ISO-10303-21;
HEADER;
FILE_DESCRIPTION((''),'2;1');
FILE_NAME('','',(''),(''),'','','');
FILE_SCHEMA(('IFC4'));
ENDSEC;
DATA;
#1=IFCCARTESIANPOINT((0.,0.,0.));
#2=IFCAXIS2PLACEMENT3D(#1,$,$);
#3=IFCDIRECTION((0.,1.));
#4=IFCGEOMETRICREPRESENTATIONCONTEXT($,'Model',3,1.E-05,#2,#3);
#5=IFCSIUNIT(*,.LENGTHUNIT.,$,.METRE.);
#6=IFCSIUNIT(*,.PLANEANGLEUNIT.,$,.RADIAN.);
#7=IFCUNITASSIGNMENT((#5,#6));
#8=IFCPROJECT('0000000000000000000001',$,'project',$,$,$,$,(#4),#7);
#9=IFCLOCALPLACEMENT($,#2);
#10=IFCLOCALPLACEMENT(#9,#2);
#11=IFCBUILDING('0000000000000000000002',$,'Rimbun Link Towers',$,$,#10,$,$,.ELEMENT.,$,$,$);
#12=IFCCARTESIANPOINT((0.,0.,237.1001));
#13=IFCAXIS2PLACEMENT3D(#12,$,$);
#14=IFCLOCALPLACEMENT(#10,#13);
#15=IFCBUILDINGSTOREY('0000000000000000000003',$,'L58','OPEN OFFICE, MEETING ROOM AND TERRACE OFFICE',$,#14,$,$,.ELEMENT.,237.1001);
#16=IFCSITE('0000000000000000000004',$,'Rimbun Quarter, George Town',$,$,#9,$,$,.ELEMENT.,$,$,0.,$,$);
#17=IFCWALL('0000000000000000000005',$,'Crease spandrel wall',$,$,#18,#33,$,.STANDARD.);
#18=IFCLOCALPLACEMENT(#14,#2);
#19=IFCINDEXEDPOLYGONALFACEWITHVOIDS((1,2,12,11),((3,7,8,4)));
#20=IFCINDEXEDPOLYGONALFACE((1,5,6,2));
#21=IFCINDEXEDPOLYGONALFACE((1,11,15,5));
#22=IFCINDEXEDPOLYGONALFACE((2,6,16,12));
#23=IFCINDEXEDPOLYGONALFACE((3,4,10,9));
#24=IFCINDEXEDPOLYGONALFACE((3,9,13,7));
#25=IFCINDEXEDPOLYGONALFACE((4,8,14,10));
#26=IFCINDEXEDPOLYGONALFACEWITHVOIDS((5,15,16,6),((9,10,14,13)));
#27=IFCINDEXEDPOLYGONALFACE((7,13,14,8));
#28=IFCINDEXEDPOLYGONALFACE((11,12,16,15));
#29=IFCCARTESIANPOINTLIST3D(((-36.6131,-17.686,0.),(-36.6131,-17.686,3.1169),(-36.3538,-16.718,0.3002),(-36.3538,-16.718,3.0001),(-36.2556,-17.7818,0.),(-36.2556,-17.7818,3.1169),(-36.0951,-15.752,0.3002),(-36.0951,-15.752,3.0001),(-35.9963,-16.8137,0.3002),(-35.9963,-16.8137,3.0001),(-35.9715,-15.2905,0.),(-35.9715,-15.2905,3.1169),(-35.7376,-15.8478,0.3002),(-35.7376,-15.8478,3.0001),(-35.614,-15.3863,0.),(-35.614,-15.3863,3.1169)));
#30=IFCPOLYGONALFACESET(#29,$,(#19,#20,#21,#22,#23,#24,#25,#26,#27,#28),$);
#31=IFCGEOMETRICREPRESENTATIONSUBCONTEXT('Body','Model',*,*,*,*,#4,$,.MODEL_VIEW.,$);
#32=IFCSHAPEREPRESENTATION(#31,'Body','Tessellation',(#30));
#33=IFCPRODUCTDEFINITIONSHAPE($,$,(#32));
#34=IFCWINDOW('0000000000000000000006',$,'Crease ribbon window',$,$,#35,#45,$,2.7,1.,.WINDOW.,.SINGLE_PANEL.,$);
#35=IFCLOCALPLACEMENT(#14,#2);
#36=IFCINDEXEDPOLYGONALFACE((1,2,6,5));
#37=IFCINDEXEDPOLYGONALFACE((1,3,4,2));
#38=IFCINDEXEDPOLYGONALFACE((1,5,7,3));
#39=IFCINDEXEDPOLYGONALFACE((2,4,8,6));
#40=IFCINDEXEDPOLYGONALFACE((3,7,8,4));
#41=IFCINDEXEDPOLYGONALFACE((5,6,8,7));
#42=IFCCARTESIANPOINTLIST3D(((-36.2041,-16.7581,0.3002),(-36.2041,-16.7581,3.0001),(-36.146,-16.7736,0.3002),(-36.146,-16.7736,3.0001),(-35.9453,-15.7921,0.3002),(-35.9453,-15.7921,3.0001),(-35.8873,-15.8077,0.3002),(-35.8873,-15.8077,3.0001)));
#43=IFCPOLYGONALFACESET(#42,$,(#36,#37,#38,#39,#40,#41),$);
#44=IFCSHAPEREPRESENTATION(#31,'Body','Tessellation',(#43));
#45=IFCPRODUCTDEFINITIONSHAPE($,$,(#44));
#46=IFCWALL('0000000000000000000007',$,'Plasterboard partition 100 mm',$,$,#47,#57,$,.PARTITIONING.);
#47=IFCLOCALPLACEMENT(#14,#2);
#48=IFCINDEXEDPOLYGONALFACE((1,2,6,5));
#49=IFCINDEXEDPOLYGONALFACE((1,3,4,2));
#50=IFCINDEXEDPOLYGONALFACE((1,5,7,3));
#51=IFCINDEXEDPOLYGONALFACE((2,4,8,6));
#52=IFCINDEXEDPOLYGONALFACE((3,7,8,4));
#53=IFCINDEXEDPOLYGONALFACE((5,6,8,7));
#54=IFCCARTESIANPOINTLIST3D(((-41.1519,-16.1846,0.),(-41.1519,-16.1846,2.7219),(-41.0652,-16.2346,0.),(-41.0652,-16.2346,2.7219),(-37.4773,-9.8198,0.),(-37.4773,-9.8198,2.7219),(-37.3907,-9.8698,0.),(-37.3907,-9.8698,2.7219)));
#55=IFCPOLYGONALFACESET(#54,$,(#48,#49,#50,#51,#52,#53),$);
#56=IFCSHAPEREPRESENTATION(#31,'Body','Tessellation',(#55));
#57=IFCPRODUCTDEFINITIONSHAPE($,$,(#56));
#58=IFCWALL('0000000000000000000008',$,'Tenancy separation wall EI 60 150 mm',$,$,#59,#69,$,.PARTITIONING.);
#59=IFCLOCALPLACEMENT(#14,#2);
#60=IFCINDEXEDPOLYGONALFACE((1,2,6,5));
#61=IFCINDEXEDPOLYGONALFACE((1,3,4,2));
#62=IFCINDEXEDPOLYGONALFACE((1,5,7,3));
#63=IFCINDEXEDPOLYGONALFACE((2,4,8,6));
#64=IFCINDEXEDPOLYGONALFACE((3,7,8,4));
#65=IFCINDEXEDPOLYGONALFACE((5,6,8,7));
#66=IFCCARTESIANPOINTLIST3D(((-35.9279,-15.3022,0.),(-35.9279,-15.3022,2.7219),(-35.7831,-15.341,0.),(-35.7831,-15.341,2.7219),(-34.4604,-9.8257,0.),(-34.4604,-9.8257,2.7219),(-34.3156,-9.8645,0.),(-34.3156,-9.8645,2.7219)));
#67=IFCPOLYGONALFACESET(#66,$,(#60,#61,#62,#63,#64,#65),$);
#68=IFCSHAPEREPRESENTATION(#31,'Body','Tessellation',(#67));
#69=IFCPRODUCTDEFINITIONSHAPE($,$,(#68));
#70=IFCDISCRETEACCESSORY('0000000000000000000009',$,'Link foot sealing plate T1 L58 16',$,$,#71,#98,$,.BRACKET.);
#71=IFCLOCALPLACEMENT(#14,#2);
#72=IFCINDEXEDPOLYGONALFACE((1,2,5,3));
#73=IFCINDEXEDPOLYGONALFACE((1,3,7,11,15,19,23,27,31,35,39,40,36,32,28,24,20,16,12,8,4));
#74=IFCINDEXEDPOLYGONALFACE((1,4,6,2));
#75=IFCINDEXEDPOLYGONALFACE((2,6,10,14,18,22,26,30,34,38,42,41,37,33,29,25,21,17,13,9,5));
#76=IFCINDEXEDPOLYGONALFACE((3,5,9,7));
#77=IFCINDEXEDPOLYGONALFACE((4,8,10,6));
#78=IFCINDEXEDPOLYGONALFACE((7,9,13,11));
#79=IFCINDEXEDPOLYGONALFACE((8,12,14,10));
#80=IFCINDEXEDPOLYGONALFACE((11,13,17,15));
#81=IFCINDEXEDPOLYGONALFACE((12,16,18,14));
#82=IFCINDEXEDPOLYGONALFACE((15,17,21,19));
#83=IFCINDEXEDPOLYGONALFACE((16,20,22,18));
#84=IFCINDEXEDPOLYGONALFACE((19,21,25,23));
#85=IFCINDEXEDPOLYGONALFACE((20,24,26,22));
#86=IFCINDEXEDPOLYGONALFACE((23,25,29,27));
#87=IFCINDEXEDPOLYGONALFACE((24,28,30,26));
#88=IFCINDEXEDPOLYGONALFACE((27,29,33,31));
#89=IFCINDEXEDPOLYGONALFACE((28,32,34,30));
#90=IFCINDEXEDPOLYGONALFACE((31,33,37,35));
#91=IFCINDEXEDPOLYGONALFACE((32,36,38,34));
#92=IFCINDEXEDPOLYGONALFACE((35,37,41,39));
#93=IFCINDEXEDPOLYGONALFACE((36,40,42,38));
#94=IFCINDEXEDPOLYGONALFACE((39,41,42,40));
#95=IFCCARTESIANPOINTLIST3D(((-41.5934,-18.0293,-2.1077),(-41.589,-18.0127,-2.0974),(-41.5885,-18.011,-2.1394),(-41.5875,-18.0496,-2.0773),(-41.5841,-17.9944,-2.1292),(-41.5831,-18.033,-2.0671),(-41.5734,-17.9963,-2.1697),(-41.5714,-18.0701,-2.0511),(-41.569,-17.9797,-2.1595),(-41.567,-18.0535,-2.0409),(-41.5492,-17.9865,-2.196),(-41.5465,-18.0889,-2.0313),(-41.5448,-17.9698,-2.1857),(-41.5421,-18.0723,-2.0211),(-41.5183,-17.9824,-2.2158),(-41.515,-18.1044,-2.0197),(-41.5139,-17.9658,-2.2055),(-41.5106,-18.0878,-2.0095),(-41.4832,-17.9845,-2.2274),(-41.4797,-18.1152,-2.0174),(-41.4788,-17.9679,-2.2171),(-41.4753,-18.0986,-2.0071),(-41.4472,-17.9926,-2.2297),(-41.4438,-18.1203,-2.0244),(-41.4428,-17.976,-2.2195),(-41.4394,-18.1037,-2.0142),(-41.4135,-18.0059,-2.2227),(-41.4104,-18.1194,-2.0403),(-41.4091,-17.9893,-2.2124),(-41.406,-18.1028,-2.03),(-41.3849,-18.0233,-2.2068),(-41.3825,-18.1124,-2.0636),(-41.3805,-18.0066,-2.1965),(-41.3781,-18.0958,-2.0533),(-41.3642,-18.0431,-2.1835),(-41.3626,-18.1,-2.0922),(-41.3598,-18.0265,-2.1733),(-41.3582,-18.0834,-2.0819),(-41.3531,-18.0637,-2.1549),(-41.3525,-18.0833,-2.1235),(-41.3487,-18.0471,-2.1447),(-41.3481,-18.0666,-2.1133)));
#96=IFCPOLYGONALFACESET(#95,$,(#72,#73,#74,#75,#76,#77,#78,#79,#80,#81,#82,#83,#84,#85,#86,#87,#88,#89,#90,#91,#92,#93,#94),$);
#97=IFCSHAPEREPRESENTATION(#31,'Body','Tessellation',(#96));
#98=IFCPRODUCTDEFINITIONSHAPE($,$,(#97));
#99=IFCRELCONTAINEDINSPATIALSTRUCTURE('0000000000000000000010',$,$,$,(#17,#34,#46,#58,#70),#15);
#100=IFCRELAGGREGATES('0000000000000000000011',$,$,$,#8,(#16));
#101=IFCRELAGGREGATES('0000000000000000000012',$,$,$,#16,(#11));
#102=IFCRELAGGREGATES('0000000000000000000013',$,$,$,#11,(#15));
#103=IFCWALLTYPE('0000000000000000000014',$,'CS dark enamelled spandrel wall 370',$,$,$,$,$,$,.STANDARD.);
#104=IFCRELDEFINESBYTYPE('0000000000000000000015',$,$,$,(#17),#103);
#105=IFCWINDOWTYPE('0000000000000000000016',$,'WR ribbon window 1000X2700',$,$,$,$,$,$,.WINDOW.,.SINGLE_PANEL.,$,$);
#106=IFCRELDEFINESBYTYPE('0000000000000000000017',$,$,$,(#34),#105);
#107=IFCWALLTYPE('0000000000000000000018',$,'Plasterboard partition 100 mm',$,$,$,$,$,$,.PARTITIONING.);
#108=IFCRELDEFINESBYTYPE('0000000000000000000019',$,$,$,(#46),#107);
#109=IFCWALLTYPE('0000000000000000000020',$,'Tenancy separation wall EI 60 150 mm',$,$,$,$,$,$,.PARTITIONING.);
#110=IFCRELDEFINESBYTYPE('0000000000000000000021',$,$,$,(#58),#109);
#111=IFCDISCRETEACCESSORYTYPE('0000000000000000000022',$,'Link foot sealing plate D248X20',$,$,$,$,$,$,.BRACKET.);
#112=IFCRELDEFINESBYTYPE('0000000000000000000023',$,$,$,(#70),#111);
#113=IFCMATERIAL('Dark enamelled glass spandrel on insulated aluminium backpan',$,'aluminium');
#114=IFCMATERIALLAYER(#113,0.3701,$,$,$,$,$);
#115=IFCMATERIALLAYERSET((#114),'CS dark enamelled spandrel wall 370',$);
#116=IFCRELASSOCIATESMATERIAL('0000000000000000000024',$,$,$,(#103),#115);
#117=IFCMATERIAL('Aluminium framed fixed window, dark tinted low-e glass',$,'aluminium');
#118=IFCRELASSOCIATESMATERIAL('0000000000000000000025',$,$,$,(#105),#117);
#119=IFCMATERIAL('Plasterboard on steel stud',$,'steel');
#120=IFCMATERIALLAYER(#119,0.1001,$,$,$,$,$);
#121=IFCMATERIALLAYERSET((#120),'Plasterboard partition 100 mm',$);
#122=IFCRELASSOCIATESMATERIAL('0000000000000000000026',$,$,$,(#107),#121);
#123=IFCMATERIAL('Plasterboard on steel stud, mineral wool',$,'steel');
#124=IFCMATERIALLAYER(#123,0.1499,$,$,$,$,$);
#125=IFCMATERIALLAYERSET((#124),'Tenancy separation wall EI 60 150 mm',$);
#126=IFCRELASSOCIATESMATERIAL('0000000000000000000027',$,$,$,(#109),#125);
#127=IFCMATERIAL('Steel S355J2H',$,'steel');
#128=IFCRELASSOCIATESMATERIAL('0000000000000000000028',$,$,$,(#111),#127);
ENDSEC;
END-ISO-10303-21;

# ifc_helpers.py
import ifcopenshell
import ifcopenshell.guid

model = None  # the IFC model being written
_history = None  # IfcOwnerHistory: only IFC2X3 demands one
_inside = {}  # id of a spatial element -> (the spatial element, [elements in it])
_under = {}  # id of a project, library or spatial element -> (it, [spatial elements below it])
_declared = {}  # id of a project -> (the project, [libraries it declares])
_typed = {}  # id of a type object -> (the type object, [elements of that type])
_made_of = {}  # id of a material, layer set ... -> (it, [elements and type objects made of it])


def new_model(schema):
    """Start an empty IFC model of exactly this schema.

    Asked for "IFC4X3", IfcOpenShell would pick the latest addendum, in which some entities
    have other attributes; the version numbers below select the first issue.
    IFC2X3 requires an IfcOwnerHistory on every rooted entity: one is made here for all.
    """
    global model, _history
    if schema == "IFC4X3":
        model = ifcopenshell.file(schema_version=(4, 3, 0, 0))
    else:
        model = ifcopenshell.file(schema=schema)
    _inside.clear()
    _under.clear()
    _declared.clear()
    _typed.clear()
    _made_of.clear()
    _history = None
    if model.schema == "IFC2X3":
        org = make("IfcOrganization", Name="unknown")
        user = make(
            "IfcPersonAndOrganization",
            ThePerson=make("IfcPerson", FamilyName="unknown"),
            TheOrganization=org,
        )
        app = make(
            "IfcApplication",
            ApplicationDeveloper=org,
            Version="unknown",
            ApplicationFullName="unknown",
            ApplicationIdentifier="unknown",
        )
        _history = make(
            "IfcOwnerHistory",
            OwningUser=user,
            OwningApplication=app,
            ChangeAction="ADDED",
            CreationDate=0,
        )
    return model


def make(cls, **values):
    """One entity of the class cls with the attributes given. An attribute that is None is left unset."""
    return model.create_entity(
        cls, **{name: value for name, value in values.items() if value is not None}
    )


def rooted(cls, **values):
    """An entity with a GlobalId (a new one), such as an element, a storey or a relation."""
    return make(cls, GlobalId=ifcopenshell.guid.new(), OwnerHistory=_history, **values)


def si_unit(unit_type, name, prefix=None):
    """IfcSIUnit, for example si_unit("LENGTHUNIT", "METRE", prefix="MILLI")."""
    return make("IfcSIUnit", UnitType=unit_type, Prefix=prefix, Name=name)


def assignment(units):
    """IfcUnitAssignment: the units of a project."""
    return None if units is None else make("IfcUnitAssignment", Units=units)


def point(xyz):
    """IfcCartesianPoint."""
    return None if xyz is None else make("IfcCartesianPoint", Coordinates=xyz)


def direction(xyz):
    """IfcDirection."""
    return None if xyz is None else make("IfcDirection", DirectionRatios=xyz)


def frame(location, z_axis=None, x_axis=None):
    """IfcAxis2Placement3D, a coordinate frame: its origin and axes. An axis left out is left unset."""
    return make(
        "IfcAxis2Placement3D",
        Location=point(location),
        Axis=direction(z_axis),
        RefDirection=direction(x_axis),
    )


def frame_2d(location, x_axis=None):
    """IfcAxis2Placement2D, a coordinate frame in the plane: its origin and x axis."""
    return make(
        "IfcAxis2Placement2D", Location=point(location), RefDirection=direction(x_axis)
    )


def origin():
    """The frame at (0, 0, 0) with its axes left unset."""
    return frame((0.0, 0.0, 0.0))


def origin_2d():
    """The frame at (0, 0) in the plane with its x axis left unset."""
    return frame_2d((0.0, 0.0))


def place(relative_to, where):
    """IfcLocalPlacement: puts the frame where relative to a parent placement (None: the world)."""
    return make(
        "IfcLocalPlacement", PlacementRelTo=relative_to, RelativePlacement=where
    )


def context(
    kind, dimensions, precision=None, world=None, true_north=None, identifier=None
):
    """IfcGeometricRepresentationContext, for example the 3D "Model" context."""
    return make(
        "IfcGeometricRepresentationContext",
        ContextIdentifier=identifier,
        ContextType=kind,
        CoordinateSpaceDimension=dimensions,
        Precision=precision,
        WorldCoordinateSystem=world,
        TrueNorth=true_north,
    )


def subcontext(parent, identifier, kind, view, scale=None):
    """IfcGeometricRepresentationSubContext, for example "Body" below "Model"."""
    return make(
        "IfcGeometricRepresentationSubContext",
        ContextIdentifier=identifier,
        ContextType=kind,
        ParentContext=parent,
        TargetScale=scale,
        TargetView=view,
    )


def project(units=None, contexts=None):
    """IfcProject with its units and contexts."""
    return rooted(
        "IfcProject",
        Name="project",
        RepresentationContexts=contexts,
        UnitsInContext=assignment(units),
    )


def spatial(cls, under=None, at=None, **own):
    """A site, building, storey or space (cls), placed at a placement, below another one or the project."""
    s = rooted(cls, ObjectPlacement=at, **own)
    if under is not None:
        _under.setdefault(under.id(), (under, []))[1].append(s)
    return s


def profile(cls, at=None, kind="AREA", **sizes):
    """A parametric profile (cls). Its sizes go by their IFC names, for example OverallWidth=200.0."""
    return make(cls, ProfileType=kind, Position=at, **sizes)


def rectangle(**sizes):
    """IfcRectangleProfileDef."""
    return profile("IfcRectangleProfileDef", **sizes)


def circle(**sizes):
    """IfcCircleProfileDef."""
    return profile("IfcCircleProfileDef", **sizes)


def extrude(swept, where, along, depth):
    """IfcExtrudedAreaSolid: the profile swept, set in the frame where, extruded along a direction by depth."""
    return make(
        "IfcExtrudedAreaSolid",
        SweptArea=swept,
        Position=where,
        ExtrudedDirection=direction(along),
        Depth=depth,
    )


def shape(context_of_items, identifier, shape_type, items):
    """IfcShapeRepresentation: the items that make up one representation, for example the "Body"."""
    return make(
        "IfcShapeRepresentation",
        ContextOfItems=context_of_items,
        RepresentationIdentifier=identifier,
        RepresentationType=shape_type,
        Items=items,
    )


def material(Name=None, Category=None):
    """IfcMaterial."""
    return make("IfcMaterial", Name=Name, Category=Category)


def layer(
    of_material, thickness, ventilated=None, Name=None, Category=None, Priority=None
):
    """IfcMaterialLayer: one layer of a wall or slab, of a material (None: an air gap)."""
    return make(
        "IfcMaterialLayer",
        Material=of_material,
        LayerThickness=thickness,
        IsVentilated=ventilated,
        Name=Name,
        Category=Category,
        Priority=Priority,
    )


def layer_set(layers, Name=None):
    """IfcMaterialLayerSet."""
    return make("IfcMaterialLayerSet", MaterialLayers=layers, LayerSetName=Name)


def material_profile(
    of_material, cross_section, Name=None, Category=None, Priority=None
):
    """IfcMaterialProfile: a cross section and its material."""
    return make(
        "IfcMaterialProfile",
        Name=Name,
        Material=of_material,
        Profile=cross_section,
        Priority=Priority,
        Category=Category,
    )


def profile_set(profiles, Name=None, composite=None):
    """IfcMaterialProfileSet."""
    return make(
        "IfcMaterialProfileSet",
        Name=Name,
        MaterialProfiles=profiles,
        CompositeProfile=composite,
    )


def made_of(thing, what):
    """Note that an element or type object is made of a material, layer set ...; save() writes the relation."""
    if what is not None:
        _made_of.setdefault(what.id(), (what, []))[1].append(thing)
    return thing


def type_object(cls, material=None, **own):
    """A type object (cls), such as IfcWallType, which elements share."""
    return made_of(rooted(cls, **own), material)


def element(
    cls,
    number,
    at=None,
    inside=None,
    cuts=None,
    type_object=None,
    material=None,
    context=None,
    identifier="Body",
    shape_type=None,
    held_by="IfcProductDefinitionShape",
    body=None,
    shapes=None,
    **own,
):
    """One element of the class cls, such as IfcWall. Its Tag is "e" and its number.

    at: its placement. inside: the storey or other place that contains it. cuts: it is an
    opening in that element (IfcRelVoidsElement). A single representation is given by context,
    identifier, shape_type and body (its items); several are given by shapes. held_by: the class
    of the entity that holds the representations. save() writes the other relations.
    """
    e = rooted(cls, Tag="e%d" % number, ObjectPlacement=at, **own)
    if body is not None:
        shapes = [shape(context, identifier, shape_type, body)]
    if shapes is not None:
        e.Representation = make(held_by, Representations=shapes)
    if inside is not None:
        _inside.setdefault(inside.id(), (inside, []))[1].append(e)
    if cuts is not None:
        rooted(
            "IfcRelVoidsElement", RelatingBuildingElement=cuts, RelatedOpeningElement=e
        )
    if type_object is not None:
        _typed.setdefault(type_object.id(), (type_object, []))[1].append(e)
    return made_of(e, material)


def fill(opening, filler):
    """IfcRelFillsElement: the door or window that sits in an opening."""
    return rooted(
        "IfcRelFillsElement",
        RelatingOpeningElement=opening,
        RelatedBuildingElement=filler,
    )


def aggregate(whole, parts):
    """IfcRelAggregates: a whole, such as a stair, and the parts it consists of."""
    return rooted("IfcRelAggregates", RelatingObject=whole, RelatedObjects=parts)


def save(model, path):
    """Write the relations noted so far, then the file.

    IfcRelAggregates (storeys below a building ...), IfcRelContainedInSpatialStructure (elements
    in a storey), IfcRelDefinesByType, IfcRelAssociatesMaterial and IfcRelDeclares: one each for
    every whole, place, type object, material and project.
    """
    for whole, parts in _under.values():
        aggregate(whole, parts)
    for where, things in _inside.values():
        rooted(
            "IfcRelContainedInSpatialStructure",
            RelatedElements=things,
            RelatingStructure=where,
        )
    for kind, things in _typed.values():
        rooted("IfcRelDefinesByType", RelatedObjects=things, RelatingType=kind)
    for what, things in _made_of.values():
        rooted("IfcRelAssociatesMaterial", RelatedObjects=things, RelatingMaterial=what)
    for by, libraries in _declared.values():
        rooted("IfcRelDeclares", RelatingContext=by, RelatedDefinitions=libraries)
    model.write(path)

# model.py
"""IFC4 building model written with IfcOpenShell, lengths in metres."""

from ifc_helpers import new_model, si_unit, direction, frame, frame_2d, origin, origin_2d, place, context, subcontext, project, spatial, rectangle, circle, extrude, material, layer, layer_set, material_profile, profile_set, type_object, element, fill, save


model = new_model("IFC4")

# Units and contexts
model_context = context("Model", 3, precision=1e-05, world=origin(), true_north=direction((0.0, 1.0)))
body_context = subcontext(model_context, "Body", "Model", "MODEL_VIEW")
ifc_project = project(units=[si_unit("LENGTHUNIT", "METRE"), si_unit("PLANEANGLEUNIT", "RADIAN")], contexts=[model_context])

# Site, building, storey
site_placement = place(None, origin())
site = spatial("IfcSite", under=ifc_project, at=site_placement, Name="Rimbun Quarter, George Town", CompositionType="ELEMENT", RefElevation=0.0)
building_placement = place(site_placement, origin())
building = spatial("IfcBuilding", under=site, at=building_placement, Name="Rimbun Link Towers", CompositionType="ELEMENT")
storey_placement = place(building_placement, frame((0.0, 0.0, 237.1001)))
storey = spatial("IfcBuildingStorey", under=building, at=storey_placement, Name="L58", Description="OPEN OFFICE, MEETING ROOM AND TERRACE OFFICE", CompositionType="ELEMENT", Elevation=237.1001)

# Wall, opening, window
ifc_material_1 = material(Name="Dark enamelled glass spandrel on insulated aluminium backpan", Category="aluminium")
ifc_layer_1 = layer(ifc_material_1, 0.3701)
ifc_layer_set_1 = layer_set([ifc_layer_1], Name="CS dark enamelled spandrel wall 370")
wall_type_1 = type_object("IfcWallType", Name="CS dark enamelled spandrel wall 370", PredefinedType="STANDARD", material=ifc_layer_set_1)
wall_1_placement = place(storey_placement, frame((-35.7927, -15.3384, 0.0), z_axis=(0.0, 0.0, 1.0), x_axis=(-0.258716, -0.965953, 0.0)))
wall_1 = element("IfcWall", 1, at=wall_1_placement, inside=storey, type_object=wall_type_1, Name="Crease spandrel wall", PredefinedType="STANDARD", context=body_context, shape_type="SweptSolid", body=[
    extrude(rectangle(XDim=2.48, YDim=0.3701, at=frame_2d((1.24, 0.0))), origin(), (0.0, 0.0, 1.0), 3.1169),
])
opening_placement = place(wall_1_placement, frame((0.4778, 0.0, 0.3)))
opening = element("IfcOpeningElement", 2, at=opening_placement, cuts=wall_1, PredefinedType="OPENING", context=body_context, shape_type="SweptSolid", body=[
    extrude(rectangle(XDim=1.0, YDim=2.7, at=frame_2d((0.5, 1.3501))), frame((0.0, 0.1951, 0.0), z_axis=(0.0, -1.0, 0.0), x_axis=(1.0, 0.0, 0.0)), (0.0, 0.0, 1.0), 0.3901),
])
ifc_material_2 = material(Name="Aluminium framed fixed window, dark tinted low-e glass", Category="aluminium")
window_type = type_object("IfcWindowType", Name="WR ribbon window 1000X2700", PartitioningType="SINGLE_PANEL", PredefinedType="WINDOW", material=ifc_material_2)
window_placement = place(opening_placement, origin())
window = element("IfcWindow", 3, at=window_placement, inside=storey, type_object=window_type, Name="Crease ribbon window", OverallHeight=2.7, OverallWidth=1.0, PartitioningType="SINGLE_PANEL", PredefinedType="WINDOW", context=body_context, shape_type="SweptSolid", body=[
    extrude(rectangle(XDim=1.0, YDim=2.7, at=frame_2d((0.5, 1.3501))), frame((0.0, 0.03, 0.0), z_axis=(0.0, -1.0, 0.0), x_axis=(1.0, 0.0, 0.0)), (0.0, 0.0, 1.0), 0.0601),
])
fill(opening, window)

# Walls
ifc_material_3 = material(Name="Plasterboard on steel stud", Category="steel")
ifc_layer_2 = layer(ifc_material_3, 0.1001)
ifc_layer_set_2 = layer_set([ifc_layer_2], Name="Plasterboard partition 100 mm")
wall_type_2 = type_object("IfcWallType", Name="Plasterboard partition 100 mm", PredefinedType="PARTITIONING", material=ifc_layer_set_2)
wall_2_placement = place(storey_placement, frame((-41.1086, -16.2097, 0.0), z_axis=(0.0, 0.0, 1.0), x_axis=(0.499987, 0.866033, 0.0)))
element("IfcWall", 4, at=wall_2_placement, inside=storey, type_object=wall_type_2, Name="Plasterboard partition 100 mm", PredefinedType="PARTITIONING", context=body_context, shape_type="SweptSolid", body=[
    extrude(rectangle(XDim=7.3494, YDim=0.1001, at=frame_2d((3.6748, 0.0))), origin(), (0.0, 0.0, 1.0), 2.7219),
])
ifc_material_4 = material(Name="Plasterboard on steel stud, mineral wool", Category="steel")
ifc_layer_3 = layer(ifc_material_4, 0.1499)
ifc_layer_set_3 = layer_set([ifc_layer_3], Name="Tenancy separation wall EI 60 150 mm")
wall_type_3 = type_object("IfcWallType", Name="Tenancy separation wall EI 60 150 mm", PredefinedType="PARTITIONING", material=ifc_layer_set_3)
wall_3_placement = place(storey_placement, frame((-34.3879, -9.845, 0.0), z_axis=(0.0, 0.0, 1.0), x_axis=(-0.258834, -0.965922, 0.0)))
element("IfcWall", 5, at=wall_3_placement, inside=storey, type_object=wall_type_3, Name="Tenancy separation wall EI 60 150 mm", PredefinedType="PARTITIONING", context=body_context, shape_type="SweptSolid", body=[
    extrude(rectangle(XDim=5.6697, YDim=0.1499, at=frame_2d((2.835, 0.0))), origin(), (0.0, 0.0, 1.0), 2.7219),
])

# Discrete accessory
ifc_material_5 = material(Name="Steel S355J2H", Category="steel")
ifc_material_profile_1 = material_profile(ifc_material_5, circle(Radius=0.124, at=origin_2d()), Name="PL D248")
ifc_profile_set_1 = profile_set([ifc_material_profile_1], Name="Steel S355J2H")
discrete_accessory_type = type_object("IfcDiscreteAccessoryType", Name="Link foot sealing plate D248X20", PredefinedType="BRACKET", material=ifc_profile_set_1)
discrete_accessory_placement = place(storey_placement, frame((-41.468, -18.0349, -2.1133), z_axis=(-0.219708, -0.830009, -0.512653), x_axis=(0.966705, -0.255893, 0.0)))
element("IfcDiscreteAccessory", 6, at=discrete_accessory_placement, inside=storey, type_object=discrete_accessory_type, Name="Link foot sealing plate T1 L58 16", PredefinedType="BRACKET", context=body_context, shape_type="SweptSolid", body=[
    extrude(circle(Radius=0.124, at=origin_2d()), origin(), (0.0, 0.0, 1.0), 0.02),
])

save(model, "model.ifc")
